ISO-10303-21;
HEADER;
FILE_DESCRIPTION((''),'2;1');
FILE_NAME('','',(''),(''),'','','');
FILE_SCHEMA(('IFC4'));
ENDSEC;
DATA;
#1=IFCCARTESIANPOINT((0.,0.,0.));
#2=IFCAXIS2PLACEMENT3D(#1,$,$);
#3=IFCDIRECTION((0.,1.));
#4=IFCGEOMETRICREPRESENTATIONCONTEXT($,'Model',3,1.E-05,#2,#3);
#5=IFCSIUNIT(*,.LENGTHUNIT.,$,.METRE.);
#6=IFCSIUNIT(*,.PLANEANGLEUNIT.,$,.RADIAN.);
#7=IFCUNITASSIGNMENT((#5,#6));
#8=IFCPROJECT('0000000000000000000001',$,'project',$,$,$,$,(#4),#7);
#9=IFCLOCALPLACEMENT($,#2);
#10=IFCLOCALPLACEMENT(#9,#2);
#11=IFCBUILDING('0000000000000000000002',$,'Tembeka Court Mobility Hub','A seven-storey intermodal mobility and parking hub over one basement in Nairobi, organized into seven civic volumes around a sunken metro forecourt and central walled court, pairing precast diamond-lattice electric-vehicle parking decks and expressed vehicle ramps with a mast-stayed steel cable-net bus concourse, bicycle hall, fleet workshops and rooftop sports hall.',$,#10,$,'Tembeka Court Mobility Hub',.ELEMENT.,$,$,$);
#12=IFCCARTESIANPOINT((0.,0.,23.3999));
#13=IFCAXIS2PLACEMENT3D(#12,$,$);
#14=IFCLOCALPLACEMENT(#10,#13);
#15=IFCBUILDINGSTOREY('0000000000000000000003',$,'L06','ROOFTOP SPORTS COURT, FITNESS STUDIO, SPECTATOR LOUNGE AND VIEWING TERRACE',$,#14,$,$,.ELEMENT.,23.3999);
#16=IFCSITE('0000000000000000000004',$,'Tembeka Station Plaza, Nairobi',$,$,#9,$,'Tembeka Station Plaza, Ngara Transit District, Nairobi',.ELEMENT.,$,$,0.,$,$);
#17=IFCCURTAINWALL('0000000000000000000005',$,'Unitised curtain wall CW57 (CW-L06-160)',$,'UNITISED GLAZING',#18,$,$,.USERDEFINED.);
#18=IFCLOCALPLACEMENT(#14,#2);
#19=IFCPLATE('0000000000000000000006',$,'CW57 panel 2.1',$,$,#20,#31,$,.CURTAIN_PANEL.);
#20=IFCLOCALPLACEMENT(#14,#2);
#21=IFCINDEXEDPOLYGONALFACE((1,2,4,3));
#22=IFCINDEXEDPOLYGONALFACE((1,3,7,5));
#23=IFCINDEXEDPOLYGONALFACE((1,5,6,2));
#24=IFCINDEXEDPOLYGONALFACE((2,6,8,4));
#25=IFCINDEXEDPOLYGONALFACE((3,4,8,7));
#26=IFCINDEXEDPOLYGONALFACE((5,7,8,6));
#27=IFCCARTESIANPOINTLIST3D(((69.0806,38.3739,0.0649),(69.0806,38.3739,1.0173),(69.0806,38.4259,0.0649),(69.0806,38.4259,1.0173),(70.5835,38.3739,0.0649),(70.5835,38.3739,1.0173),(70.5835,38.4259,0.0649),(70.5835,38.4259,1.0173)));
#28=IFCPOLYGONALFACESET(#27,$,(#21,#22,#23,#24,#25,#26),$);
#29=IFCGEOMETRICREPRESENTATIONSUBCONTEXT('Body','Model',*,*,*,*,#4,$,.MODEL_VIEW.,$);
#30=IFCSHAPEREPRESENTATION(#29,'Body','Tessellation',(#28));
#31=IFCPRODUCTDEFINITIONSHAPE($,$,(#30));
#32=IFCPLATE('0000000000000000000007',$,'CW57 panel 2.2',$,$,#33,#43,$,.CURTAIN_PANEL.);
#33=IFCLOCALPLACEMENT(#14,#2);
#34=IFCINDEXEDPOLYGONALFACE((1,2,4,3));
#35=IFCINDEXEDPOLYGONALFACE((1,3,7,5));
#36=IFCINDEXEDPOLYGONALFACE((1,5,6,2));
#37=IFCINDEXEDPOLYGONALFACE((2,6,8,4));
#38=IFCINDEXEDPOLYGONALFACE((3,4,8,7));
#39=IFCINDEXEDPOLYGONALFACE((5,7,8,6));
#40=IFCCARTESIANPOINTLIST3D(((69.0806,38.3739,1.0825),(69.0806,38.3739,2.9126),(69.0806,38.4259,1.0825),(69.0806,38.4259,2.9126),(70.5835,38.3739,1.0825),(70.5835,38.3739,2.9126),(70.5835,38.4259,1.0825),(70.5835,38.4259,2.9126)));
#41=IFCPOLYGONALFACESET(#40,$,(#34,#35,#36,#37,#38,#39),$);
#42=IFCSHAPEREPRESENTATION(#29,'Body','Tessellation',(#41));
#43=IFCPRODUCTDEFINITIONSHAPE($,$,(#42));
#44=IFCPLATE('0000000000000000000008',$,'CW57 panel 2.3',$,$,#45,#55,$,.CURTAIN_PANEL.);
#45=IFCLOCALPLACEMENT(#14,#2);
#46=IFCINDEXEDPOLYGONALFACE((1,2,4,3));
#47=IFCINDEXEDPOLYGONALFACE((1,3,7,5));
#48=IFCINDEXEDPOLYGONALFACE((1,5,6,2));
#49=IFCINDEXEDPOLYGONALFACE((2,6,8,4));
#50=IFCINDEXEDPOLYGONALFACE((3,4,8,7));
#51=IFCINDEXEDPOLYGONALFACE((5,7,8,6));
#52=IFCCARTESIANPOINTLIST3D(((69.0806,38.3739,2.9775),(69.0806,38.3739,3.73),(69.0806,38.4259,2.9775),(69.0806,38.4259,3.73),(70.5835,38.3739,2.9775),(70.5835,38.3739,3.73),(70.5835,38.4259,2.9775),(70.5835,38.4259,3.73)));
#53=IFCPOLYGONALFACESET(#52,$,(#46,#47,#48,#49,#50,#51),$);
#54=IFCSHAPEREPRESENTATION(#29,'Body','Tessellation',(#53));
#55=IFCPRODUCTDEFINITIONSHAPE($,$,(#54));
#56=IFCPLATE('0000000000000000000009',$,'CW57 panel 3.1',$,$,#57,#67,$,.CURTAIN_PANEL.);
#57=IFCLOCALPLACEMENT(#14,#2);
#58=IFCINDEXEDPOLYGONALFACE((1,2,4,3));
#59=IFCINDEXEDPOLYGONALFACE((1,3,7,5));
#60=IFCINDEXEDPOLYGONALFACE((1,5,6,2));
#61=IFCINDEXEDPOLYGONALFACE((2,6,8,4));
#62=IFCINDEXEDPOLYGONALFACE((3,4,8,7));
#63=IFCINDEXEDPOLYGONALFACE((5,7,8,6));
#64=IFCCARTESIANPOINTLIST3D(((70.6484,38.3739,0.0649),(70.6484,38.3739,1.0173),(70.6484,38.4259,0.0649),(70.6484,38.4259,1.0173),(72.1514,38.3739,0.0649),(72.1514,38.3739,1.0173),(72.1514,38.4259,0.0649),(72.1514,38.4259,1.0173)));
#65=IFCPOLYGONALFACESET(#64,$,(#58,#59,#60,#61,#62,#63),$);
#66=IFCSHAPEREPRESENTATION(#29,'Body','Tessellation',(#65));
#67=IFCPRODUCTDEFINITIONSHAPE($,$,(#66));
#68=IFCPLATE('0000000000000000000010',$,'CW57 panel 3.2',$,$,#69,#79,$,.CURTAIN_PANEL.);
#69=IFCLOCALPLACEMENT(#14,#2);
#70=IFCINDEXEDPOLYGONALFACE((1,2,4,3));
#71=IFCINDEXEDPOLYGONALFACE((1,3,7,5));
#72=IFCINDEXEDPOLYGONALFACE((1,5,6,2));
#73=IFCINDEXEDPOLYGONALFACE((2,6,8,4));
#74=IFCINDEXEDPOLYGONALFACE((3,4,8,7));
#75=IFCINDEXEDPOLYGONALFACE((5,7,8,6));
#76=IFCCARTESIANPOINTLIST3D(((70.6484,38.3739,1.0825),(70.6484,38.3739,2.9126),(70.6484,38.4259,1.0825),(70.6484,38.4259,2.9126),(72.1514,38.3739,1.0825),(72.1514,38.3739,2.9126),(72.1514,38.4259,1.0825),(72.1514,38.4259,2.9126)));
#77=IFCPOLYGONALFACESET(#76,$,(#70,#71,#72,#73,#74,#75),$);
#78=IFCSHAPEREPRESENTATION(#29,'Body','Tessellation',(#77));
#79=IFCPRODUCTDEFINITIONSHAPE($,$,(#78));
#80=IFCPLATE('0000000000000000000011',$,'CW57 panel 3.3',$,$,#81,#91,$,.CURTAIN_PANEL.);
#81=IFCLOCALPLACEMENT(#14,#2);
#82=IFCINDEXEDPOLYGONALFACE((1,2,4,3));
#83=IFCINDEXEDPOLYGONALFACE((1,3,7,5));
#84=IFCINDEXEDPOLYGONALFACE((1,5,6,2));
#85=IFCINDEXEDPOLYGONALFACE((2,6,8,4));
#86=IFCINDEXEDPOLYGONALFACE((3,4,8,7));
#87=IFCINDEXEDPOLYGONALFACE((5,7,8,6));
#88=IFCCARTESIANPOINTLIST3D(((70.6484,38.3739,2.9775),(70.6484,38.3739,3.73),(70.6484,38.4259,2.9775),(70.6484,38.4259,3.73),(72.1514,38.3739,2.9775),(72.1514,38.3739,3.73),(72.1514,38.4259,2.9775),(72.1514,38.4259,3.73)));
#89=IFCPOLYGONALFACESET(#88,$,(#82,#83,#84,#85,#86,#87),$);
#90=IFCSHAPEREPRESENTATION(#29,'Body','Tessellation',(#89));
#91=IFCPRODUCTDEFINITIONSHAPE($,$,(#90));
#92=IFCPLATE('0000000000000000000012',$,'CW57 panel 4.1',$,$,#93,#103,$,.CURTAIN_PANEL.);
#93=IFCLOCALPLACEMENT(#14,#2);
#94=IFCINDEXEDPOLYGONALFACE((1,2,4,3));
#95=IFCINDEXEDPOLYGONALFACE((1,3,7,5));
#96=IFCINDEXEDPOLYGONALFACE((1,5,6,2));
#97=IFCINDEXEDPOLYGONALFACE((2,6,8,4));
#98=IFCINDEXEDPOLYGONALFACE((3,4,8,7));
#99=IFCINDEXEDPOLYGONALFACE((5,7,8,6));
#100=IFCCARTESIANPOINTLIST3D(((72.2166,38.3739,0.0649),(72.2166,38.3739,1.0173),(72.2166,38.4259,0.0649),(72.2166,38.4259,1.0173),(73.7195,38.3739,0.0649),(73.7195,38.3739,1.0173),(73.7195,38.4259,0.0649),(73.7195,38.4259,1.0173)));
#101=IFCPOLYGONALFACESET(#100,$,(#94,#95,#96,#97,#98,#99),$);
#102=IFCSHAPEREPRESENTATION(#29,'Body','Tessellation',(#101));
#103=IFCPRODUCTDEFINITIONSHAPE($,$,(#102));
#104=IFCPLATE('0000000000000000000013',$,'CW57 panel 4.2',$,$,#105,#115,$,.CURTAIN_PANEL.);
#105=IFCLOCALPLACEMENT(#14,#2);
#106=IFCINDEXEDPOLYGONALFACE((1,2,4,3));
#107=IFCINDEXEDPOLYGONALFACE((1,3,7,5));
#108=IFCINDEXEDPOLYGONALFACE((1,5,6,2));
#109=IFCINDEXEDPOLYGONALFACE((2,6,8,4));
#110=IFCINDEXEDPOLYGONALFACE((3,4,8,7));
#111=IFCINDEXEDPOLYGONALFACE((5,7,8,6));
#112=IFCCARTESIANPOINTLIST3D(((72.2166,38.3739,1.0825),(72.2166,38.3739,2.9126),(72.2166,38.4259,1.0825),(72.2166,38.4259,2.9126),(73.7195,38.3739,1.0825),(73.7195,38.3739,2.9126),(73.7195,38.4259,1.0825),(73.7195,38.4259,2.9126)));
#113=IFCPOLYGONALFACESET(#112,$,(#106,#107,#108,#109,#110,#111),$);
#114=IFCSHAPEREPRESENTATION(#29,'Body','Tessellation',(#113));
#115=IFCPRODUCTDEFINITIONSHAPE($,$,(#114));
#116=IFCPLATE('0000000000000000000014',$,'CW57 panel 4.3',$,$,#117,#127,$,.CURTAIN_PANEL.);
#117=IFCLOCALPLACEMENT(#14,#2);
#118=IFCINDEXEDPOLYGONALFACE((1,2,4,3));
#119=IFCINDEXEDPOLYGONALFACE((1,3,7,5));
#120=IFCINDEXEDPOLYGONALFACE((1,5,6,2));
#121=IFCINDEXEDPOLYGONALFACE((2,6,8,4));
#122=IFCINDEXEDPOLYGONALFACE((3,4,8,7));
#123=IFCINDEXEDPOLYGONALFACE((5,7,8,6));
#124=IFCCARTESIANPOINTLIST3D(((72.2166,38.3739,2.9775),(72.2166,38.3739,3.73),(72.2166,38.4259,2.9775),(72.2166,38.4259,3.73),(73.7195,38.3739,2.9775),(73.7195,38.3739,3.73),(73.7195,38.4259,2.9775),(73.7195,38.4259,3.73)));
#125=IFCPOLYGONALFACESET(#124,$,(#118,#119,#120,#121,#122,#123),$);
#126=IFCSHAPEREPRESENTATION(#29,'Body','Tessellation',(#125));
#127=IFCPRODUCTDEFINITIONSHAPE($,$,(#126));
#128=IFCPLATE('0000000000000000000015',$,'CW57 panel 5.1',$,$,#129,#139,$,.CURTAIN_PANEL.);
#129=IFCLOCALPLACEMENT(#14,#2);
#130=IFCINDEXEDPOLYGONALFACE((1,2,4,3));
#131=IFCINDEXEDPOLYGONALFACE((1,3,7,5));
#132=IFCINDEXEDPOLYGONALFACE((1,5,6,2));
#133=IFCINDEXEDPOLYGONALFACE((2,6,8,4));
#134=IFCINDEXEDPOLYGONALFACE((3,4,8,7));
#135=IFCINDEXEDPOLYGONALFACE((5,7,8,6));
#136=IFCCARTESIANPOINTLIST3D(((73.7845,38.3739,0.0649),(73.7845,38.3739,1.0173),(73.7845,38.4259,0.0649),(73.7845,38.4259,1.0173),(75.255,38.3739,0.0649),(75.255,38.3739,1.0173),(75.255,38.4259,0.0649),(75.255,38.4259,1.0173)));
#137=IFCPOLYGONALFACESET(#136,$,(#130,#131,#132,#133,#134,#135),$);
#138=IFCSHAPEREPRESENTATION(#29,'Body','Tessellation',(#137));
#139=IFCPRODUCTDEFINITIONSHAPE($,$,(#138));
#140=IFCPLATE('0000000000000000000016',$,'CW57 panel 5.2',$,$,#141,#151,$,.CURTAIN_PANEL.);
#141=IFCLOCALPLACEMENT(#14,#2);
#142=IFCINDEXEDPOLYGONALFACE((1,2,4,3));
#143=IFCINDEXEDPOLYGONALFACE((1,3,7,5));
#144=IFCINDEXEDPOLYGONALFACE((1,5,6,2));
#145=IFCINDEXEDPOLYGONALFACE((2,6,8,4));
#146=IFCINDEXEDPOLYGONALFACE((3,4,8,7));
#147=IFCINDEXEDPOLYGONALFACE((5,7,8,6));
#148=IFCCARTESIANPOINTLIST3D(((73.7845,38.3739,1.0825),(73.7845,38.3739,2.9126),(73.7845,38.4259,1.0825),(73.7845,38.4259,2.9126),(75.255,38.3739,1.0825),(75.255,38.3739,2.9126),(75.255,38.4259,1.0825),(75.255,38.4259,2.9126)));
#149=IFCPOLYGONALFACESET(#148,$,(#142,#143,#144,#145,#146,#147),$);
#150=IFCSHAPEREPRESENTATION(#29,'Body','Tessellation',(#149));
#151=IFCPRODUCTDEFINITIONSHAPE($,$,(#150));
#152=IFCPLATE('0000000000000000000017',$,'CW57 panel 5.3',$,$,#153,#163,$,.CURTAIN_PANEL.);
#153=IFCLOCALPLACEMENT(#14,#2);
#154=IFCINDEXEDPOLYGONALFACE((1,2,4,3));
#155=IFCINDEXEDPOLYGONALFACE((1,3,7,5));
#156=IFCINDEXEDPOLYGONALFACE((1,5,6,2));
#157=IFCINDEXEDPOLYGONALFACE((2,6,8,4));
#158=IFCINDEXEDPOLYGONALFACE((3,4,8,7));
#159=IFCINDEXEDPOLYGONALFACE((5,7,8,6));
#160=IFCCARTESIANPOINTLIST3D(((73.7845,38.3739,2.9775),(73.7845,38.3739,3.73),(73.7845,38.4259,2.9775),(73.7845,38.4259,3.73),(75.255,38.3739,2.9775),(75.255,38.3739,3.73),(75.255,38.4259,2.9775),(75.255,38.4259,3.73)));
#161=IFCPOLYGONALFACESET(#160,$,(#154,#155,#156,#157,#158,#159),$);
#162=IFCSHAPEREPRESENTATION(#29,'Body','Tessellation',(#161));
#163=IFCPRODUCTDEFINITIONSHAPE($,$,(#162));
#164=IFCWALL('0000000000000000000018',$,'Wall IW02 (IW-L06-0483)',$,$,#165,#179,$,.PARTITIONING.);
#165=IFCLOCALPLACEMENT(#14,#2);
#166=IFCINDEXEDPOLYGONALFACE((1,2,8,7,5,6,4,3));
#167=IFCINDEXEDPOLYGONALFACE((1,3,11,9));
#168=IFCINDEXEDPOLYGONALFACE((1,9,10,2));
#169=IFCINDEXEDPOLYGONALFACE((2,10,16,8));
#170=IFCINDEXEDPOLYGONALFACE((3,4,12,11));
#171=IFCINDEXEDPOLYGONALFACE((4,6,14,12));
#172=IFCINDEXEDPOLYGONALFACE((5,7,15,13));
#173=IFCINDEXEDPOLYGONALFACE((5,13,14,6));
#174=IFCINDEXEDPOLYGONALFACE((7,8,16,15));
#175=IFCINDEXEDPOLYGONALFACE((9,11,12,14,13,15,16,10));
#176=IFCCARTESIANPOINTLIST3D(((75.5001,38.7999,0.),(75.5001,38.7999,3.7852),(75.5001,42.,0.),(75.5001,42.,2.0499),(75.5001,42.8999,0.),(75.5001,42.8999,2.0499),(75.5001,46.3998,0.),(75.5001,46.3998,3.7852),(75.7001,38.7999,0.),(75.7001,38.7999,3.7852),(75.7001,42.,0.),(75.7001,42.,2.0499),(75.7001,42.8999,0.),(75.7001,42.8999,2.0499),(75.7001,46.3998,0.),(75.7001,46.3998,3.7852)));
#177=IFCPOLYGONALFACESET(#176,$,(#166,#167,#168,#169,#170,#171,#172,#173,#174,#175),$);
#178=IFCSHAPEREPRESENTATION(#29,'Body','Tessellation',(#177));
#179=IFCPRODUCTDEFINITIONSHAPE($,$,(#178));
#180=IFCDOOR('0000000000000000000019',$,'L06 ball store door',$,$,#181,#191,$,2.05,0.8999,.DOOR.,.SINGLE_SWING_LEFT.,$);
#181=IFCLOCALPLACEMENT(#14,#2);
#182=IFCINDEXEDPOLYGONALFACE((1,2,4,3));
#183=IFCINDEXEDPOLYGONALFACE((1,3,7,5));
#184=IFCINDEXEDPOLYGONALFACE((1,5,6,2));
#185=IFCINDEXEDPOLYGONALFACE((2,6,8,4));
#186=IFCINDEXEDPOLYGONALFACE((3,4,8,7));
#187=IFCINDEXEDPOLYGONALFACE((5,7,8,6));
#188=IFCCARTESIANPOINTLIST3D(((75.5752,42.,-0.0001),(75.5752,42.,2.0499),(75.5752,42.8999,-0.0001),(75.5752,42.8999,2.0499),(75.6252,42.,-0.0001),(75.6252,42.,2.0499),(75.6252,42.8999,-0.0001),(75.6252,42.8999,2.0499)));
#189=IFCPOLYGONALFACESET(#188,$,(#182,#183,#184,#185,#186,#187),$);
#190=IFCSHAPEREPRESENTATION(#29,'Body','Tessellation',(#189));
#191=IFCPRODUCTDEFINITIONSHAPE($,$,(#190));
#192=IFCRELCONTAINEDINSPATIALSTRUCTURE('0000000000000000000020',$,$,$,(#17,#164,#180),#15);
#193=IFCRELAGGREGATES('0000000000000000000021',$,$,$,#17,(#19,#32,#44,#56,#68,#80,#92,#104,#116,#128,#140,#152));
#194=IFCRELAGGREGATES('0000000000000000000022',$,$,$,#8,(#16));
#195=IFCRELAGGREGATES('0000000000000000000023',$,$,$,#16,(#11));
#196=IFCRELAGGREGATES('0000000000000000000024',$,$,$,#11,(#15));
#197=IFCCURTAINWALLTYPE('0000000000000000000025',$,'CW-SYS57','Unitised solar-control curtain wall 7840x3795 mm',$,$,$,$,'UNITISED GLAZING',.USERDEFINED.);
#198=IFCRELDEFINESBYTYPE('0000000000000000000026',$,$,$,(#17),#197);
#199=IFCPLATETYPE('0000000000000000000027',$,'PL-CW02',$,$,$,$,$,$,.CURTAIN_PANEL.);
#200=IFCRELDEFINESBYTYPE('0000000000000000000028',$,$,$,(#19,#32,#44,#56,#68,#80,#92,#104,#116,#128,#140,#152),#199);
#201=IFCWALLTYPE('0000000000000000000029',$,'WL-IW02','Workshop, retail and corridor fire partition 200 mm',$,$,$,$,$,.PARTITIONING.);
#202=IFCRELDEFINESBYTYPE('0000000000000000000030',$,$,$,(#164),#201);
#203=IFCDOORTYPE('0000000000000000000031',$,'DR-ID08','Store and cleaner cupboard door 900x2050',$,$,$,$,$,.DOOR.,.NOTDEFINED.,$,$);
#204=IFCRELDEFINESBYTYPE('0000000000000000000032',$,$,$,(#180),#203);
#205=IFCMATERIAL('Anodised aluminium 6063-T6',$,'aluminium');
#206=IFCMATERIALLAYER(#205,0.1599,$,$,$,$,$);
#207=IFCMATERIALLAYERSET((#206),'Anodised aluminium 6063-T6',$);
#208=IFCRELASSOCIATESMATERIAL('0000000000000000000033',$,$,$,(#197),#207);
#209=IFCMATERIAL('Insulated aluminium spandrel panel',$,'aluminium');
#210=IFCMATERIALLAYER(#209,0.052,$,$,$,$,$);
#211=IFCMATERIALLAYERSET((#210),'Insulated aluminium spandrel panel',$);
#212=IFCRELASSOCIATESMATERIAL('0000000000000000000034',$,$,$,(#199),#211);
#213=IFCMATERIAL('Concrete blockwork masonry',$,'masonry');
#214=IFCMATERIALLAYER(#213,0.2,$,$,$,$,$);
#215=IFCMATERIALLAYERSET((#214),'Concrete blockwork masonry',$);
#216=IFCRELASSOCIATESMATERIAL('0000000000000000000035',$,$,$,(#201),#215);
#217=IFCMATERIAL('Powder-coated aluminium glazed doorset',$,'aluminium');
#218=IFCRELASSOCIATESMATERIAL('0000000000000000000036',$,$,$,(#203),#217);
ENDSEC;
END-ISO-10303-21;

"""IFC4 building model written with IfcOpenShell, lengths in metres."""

from ifc_helpers import new_model, si_unit, direction, frame, frame_2d, origin, origin_2d, place, context, subcontext, project, spatial, rectangle, extrude, material, layer, layer_set, type_object, element, fill, aggregate, save


model = new_model("IFC4")

# Units and contexts
model_context = context("Model", 3, precision=1e-05, world=origin(), true_north=direction((0.0, 1.0)))
body_context = subcontext(model_context, "Body", "Model", "MODEL_VIEW")
ifc_project = project(units=[si_unit("LENGTHUNIT", "METRE"), si_unit("PLANEANGLEUNIT", "RADIAN")], contexts=[model_context])

# Site, building, storey
site_placement = place(None, origin())
site = spatial("IfcSite", under=ifc_project, at=site_placement, Name="Tembeka Station Plaza, Nairobi", LongName="Tembeka Station Plaza, Ngara Transit District, Nairobi", CompositionType="ELEMENT", RefElevation=0.0)
building_placement = place(site_placement, origin())
building = spatial("IfcBuilding", under=site, at=building_placement, Name="Tembeka Court Mobility Hub", Description="A seven-storey intermodal mobility and parking hub over one basement in Nairobi, organized into seven civic volumes around a sunken metro forecourt and central walled court, pairing precast diamond-lattice electric-vehicle parking decks and expressed vehicle ramps with a mast-stayed steel cable-net bus concourse, bicycle hall, fleet workshops and rooftop sports hall.", LongName="Tembeka Court Mobility Hub", CompositionType="ELEMENT")
storey_placement = place(building_placement, frame((0.0, 0.0, 23.3999)))
storey = spatial("IfcBuildingStorey", under=building, at=storey_placement, Name="L06", Description="ROOFTOP SPORTS COURT, FITNESS STUDIO, SPECTATOR LOUNGE AND VIEWING TERRACE", CompositionType="ELEMENT", Elevation=23.3999)

# Curtain wall
ifc_material_1 = material(Name="Anodised aluminium 6063-T6", Category="aluminium")
ifc_layer_1 = layer(ifc_material_1, 0.1599)
ifc_layer_set_1 = layer_set([ifc_layer_1], Name="Anodised aluminium 6063-T6")
curtain_wall_type = type_object("IfcCurtainWallType", Name="CW-SYS57", Description="Unitised solar-control curtain wall 7840x3795 mm", ElementType="UNITISED GLAZING", PredefinedType="USERDEFINED", material=ifc_layer_set_1)
curtain_wall_placement = place(storey_placement, origin())
curtain_wall = element("IfcCurtainWall", 1, at=curtain_wall_placement, inside=storey, type_object=curtain_wall_type, Name="Unitised curtain wall CW57 (CW-L06-160)", ObjectType="UNITISED GLAZING", PredefinedType="USERDEFINED")

# Plates
ifc_material_2 = material(Name="Insulated aluminium spandrel panel", Category="aluminium")
ifc_layer_2 = layer(ifc_material_2, 0.052)
ifc_layer_set_2 = layer_set([ifc_layer_2], Name="Insulated aluminium spandrel panel")
plate_type_1 = type_object("IfcPlateType", Name="PL-CW02", PredefinedType="CURTAIN_PANEL", material=ifc_layer_set_2)
plate_1_placement = place(storey_placement, frame((69.832, 38.3999, 0.0649), z_axis=(0.0, 0.0, 1.0), x_axis=(1.0, 0.0, 0.0)))
plate_1 = element("IfcPlate", 2, at=plate_1_placement, type_object=plate_type_1, Name="CW57 panel 2.1", PredefinedType="CURTAIN_PANEL", context=body_context, shape_type="SweptSolid", body=[
    extrude(rectangle(XDim=1.5029, YDim=0.052, at=origin_2d()), origin(), (0.0, 0.0, 1.0), 0.9524),
])
plate_2_placement = place(storey_placement, frame((69.832, 38.3999, 1.0825), z_axis=(0.0, 0.0, 1.0), x_axis=(1.0, 0.0, 0.0)))
plate_2 = element("IfcPlate", 3, at=plate_2_placement, type_object=plate_type_1, Name="CW57 panel 2.2", PredefinedType="CURTAIN_PANEL", context=body_context, shape_type="SweptSolid", body=[
    extrude(rectangle(XDim=1.5029, YDim=0.052, at=origin_2d()), origin(), (0.0, 0.0, 1.0), 1.8301),
])
plate_3_placement = place(storey_placement, frame((69.832, 38.3999, 2.9775), z_axis=(0.0, 0.0, 1.0), x_axis=(1.0, 0.0, 0.0)))
plate_3 = element("IfcPlate", 4, at=plate_3_placement, type_object=plate_type_1, Name="CW57 panel 2.3", PredefinedType="CURTAIN_PANEL", context=body_context, shape_type="SweptSolid", body=[
    extrude(rectangle(XDim=1.5029, YDim=0.052, at=origin_2d()), origin(), (0.0, 0.0, 1.0), 0.7524),
])
plate_4_placement = place(storey_placement, frame((71.3999, 38.3999, 0.0649), z_axis=(0.0, 0.0, 1.0), x_axis=(1.0, 0.0, 0.0)))
plate_4 = element("IfcPlate", 5, at=plate_4_placement, type_object=plate_type_1, Name="CW57 panel 3.1", PredefinedType="CURTAIN_PANEL", context=body_context, shape_type="SweptSolid", body=[
    extrude(rectangle(XDim=1.5029, YDim=0.052, at=origin_2d()), origin(), (0.0, 0.0, 1.0), 0.9524),
])
plate_5_placement = place(storey_placement, frame((71.3999, 38.3999, 1.0825), z_axis=(0.0, 0.0, 1.0), x_axis=(1.0, 0.0, 0.0)))
plate_5 = element("IfcPlate", 6, at=plate_5_placement, type_object=plate_type_1, Name="CW57 panel 3.2", PredefinedType="CURTAIN_PANEL", context=body_context, shape_type="SweptSolid", body=[
    extrude(rectangle(XDim=1.5029, YDim=0.052, at=origin_2d()), origin(), (0.0, 0.0, 1.0), 1.8301),
])
plate_6_placement = place(storey_placement, frame((71.3999, 38.3999, 2.9775), z_axis=(0.0, 0.0, 1.0), x_axis=(1.0, 0.0, 0.0)))
plate_6 = element("IfcPlate", 7, at=plate_6_placement, type_object=plate_type_1, Name="CW57 panel 3.3", PredefinedType="CURTAIN_PANEL", context=body_context, shape_type="SweptSolid", body=[
    extrude(rectangle(XDim=1.5029, YDim=0.052, at=origin_2d()), origin(), (0.0, 0.0, 1.0), 0.7524),
])
plate_7_placement = place(storey_placement, frame((72.968, 38.3999, 0.0649), z_axis=(0.0, 0.0, 1.0), x_axis=(1.0, 0.0, 0.0)))
plate_7 = element("IfcPlate", 8, at=plate_7_placement, type_object=plate_type_1, Name="CW57 panel 4.1", PredefinedType="CURTAIN_PANEL", context=body_context, shape_type="SweptSolid", body=[
    extrude(rectangle(XDim=1.5029, YDim=0.052, at=origin_2d()), origin(), (0.0, 0.0, 1.0), 0.9524),
])
plate_8_placement = place(storey_placement, frame((72.968, 38.3999, 1.0825), z_axis=(0.0, 0.0, 1.0), x_axis=(1.0, 0.0, 0.0)))
plate_8 = element("IfcPlate", 9, at=plate_8_placement, type_object=plate_type_1, Name="CW57 panel 4.2", PredefinedType="CURTAIN_PANEL", context=body_context, shape_type="SweptSolid", body=[
    extrude(rectangle(XDim=1.5029, YDim=0.052, at=origin_2d()), origin(), (0.0, 0.0, 1.0), 1.8301),
])
plate_9_placement = place(storey_placement, frame((72.968, 38.3999, 2.9775), z_axis=(0.0, 0.0, 1.0), x_axis=(1.0, 0.0, 0.0)))
plate_9 = element("IfcPlate", 10, at=plate_9_placement, type_object=plate_type_1, Name="CW57 panel 4.3", PredefinedType="CURTAIN_PANEL", context=body_context, shape_type="SweptSolid", body=[
    extrude(rectangle(XDim=1.5029, YDim=0.052, at=origin_2d()), origin(), (0.0, 0.0, 1.0), 0.7524),
])
plate_10_placement = place(storey_placement, frame((74.5198, 38.3999, 0.0649), z_axis=(0.0, 0.0, 1.0), x_axis=(1.0, 0.0, 0.0)))
plate_10 = element("IfcPlate", 11, at=plate_10_placement, type_object=plate_type_1, Name="CW57 panel 5.1", PredefinedType="CURTAIN_PANEL", context=body_context, shape_type="SweptSolid", body=[
    extrude(rectangle(XDim=1.4705, YDim=0.052, at=origin_2d()), origin(), (0.0, 0.0, 1.0), 0.9524),
])
plate_11_placement = place(storey_placement, frame((74.5198, 38.3999, 1.0825), z_axis=(0.0, 0.0, 1.0), x_axis=(1.0, 0.0, 0.0)))
plate_11 = element("IfcPlate", 12, at=plate_11_placement, type_object=plate_type_1, Name="CW57 panel 5.2", PredefinedType="CURTAIN_PANEL", context=body_context, shape_type="SweptSolid", body=[
    extrude(rectangle(XDim=1.4705, YDim=0.052, at=origin_2d()), origin(), (0.0, 0.0, 1.0), 1.8301),
])
plate_12_placement = place(storey_placement, frame((74.5198, 38.3999, 2.9775), z_axis=(0.0, 0.0, 1.0), x_axis=(1.0, 0.0, 0.0)))
plate_12 = element("IfcPlate", 13, at=plate_12_placement, type_object=plate_type_1, Name="CW57 panel 5.3", PredefinedType="CURTAIN_PANEL", context=body_context, shape_type="SweptSolid", body=[
    extrude(rectangle(XDim=1.4705, YDim=0.052, at=origin_2d()), origin(), (0.0, 0.0, 1.0), 0.7524),
])
aggregate(curtain_wall, [plate_1, plate_2, plate_3, plate_4, plate_5, plate_6, plate_7, plate_8, plate_9, plate_10, plate_11, plate_12])

# Wall, opening, door
ifc_material_3 = material(Name="Concrete blockwork masonry", Category="masonry")
ifc_layer_3 = layer(ifc_material_3, 0.2)
ifc_layer_set_3 = layer_set([ifc_layer_3], Name="Concrete blockwork masonry")
wall_type = type_object("IfcWallType", Name="WL-IW02", Description="Workshop, retail and corridor fire partition 200 mm", PredefinedType="PARTITIONING", material=ifc_layer_set_3)
wall_placement = place(storey_placement, frame((75.6001, 38.8, 0.0), z_axis=(0.0, 0.0, 1.0), x_axis=(0.0, 1.0, 0.0)))
wall = element("IfcWall", 14, at=wall_placement, inside=storey, type_object=wall_type, Name="Wall IW02 (IW-L06-0483)", PredefinedType="PARTITIONING", context=body_context, shape_type="SweptSolid", body=[
    extrude(rectangle(XDim=7.5999, YDim=0.2, at=frame_2d((3.7998, 0.0))), origin(), (0.0, 0.0, 1.0), 3.7852),
])
opening_placement = place(wall_placement, frame((3.2, 0.0, 0.0)))
opening = element("IfcOpeningElement", 15, at=opening_placement, cuts=wall, PredefinedType="OPENING", context=body_context, shape_type="SweptSolid", body=[
    extrude(rectangle(XDim=0.8999, YDim=2.05, at=frame_2d((0.45, 1.0249))), frame((0.0, 0.1099, 0.0), z_axis=(0.0, -1.0, 0.0), x_axis=(1.0, 0.0, 0.0)), (0.0, 0.0, 1.0), 0.22),
])
ifc_material_4 = material(Name="Powder-coated aluminium glazed doorset", Category="aluminium")
door_type = type_object("IfcDoorType", Name="DR-ID08", Description="Store and cleaner cupboard door 900x2050", OperationType="NOTDEFINED", PredefinedType="DOOR", material=ifc_material_4)
door_placement = place(opening_placement, origin())
door = element("IfcDoor", 16, at=door_placement, inside=storey, type_object=door_type, Name="L06 ball store door", OperationType="SINGLE_SWING_LEFT", OverallHeight=2.05, OverallWidth=0.8999, PredefinedType="DOOR", context=body_context, shape_type="SweptSolid", body=[
    extrude(rectangle(XDim=0.8999, YDim=2.05, at=frame_2d((0.45, 1.0249))), frame((0.0, 0.0249, 0.0), z_axis=(0.0, -1.0, 0.0), x_axis=(1.0, 0.0, 0.0)), (0.0, 0.0, 1.0), 0.05),
])
fill(opening, door)

save(model, "model.ifc")
